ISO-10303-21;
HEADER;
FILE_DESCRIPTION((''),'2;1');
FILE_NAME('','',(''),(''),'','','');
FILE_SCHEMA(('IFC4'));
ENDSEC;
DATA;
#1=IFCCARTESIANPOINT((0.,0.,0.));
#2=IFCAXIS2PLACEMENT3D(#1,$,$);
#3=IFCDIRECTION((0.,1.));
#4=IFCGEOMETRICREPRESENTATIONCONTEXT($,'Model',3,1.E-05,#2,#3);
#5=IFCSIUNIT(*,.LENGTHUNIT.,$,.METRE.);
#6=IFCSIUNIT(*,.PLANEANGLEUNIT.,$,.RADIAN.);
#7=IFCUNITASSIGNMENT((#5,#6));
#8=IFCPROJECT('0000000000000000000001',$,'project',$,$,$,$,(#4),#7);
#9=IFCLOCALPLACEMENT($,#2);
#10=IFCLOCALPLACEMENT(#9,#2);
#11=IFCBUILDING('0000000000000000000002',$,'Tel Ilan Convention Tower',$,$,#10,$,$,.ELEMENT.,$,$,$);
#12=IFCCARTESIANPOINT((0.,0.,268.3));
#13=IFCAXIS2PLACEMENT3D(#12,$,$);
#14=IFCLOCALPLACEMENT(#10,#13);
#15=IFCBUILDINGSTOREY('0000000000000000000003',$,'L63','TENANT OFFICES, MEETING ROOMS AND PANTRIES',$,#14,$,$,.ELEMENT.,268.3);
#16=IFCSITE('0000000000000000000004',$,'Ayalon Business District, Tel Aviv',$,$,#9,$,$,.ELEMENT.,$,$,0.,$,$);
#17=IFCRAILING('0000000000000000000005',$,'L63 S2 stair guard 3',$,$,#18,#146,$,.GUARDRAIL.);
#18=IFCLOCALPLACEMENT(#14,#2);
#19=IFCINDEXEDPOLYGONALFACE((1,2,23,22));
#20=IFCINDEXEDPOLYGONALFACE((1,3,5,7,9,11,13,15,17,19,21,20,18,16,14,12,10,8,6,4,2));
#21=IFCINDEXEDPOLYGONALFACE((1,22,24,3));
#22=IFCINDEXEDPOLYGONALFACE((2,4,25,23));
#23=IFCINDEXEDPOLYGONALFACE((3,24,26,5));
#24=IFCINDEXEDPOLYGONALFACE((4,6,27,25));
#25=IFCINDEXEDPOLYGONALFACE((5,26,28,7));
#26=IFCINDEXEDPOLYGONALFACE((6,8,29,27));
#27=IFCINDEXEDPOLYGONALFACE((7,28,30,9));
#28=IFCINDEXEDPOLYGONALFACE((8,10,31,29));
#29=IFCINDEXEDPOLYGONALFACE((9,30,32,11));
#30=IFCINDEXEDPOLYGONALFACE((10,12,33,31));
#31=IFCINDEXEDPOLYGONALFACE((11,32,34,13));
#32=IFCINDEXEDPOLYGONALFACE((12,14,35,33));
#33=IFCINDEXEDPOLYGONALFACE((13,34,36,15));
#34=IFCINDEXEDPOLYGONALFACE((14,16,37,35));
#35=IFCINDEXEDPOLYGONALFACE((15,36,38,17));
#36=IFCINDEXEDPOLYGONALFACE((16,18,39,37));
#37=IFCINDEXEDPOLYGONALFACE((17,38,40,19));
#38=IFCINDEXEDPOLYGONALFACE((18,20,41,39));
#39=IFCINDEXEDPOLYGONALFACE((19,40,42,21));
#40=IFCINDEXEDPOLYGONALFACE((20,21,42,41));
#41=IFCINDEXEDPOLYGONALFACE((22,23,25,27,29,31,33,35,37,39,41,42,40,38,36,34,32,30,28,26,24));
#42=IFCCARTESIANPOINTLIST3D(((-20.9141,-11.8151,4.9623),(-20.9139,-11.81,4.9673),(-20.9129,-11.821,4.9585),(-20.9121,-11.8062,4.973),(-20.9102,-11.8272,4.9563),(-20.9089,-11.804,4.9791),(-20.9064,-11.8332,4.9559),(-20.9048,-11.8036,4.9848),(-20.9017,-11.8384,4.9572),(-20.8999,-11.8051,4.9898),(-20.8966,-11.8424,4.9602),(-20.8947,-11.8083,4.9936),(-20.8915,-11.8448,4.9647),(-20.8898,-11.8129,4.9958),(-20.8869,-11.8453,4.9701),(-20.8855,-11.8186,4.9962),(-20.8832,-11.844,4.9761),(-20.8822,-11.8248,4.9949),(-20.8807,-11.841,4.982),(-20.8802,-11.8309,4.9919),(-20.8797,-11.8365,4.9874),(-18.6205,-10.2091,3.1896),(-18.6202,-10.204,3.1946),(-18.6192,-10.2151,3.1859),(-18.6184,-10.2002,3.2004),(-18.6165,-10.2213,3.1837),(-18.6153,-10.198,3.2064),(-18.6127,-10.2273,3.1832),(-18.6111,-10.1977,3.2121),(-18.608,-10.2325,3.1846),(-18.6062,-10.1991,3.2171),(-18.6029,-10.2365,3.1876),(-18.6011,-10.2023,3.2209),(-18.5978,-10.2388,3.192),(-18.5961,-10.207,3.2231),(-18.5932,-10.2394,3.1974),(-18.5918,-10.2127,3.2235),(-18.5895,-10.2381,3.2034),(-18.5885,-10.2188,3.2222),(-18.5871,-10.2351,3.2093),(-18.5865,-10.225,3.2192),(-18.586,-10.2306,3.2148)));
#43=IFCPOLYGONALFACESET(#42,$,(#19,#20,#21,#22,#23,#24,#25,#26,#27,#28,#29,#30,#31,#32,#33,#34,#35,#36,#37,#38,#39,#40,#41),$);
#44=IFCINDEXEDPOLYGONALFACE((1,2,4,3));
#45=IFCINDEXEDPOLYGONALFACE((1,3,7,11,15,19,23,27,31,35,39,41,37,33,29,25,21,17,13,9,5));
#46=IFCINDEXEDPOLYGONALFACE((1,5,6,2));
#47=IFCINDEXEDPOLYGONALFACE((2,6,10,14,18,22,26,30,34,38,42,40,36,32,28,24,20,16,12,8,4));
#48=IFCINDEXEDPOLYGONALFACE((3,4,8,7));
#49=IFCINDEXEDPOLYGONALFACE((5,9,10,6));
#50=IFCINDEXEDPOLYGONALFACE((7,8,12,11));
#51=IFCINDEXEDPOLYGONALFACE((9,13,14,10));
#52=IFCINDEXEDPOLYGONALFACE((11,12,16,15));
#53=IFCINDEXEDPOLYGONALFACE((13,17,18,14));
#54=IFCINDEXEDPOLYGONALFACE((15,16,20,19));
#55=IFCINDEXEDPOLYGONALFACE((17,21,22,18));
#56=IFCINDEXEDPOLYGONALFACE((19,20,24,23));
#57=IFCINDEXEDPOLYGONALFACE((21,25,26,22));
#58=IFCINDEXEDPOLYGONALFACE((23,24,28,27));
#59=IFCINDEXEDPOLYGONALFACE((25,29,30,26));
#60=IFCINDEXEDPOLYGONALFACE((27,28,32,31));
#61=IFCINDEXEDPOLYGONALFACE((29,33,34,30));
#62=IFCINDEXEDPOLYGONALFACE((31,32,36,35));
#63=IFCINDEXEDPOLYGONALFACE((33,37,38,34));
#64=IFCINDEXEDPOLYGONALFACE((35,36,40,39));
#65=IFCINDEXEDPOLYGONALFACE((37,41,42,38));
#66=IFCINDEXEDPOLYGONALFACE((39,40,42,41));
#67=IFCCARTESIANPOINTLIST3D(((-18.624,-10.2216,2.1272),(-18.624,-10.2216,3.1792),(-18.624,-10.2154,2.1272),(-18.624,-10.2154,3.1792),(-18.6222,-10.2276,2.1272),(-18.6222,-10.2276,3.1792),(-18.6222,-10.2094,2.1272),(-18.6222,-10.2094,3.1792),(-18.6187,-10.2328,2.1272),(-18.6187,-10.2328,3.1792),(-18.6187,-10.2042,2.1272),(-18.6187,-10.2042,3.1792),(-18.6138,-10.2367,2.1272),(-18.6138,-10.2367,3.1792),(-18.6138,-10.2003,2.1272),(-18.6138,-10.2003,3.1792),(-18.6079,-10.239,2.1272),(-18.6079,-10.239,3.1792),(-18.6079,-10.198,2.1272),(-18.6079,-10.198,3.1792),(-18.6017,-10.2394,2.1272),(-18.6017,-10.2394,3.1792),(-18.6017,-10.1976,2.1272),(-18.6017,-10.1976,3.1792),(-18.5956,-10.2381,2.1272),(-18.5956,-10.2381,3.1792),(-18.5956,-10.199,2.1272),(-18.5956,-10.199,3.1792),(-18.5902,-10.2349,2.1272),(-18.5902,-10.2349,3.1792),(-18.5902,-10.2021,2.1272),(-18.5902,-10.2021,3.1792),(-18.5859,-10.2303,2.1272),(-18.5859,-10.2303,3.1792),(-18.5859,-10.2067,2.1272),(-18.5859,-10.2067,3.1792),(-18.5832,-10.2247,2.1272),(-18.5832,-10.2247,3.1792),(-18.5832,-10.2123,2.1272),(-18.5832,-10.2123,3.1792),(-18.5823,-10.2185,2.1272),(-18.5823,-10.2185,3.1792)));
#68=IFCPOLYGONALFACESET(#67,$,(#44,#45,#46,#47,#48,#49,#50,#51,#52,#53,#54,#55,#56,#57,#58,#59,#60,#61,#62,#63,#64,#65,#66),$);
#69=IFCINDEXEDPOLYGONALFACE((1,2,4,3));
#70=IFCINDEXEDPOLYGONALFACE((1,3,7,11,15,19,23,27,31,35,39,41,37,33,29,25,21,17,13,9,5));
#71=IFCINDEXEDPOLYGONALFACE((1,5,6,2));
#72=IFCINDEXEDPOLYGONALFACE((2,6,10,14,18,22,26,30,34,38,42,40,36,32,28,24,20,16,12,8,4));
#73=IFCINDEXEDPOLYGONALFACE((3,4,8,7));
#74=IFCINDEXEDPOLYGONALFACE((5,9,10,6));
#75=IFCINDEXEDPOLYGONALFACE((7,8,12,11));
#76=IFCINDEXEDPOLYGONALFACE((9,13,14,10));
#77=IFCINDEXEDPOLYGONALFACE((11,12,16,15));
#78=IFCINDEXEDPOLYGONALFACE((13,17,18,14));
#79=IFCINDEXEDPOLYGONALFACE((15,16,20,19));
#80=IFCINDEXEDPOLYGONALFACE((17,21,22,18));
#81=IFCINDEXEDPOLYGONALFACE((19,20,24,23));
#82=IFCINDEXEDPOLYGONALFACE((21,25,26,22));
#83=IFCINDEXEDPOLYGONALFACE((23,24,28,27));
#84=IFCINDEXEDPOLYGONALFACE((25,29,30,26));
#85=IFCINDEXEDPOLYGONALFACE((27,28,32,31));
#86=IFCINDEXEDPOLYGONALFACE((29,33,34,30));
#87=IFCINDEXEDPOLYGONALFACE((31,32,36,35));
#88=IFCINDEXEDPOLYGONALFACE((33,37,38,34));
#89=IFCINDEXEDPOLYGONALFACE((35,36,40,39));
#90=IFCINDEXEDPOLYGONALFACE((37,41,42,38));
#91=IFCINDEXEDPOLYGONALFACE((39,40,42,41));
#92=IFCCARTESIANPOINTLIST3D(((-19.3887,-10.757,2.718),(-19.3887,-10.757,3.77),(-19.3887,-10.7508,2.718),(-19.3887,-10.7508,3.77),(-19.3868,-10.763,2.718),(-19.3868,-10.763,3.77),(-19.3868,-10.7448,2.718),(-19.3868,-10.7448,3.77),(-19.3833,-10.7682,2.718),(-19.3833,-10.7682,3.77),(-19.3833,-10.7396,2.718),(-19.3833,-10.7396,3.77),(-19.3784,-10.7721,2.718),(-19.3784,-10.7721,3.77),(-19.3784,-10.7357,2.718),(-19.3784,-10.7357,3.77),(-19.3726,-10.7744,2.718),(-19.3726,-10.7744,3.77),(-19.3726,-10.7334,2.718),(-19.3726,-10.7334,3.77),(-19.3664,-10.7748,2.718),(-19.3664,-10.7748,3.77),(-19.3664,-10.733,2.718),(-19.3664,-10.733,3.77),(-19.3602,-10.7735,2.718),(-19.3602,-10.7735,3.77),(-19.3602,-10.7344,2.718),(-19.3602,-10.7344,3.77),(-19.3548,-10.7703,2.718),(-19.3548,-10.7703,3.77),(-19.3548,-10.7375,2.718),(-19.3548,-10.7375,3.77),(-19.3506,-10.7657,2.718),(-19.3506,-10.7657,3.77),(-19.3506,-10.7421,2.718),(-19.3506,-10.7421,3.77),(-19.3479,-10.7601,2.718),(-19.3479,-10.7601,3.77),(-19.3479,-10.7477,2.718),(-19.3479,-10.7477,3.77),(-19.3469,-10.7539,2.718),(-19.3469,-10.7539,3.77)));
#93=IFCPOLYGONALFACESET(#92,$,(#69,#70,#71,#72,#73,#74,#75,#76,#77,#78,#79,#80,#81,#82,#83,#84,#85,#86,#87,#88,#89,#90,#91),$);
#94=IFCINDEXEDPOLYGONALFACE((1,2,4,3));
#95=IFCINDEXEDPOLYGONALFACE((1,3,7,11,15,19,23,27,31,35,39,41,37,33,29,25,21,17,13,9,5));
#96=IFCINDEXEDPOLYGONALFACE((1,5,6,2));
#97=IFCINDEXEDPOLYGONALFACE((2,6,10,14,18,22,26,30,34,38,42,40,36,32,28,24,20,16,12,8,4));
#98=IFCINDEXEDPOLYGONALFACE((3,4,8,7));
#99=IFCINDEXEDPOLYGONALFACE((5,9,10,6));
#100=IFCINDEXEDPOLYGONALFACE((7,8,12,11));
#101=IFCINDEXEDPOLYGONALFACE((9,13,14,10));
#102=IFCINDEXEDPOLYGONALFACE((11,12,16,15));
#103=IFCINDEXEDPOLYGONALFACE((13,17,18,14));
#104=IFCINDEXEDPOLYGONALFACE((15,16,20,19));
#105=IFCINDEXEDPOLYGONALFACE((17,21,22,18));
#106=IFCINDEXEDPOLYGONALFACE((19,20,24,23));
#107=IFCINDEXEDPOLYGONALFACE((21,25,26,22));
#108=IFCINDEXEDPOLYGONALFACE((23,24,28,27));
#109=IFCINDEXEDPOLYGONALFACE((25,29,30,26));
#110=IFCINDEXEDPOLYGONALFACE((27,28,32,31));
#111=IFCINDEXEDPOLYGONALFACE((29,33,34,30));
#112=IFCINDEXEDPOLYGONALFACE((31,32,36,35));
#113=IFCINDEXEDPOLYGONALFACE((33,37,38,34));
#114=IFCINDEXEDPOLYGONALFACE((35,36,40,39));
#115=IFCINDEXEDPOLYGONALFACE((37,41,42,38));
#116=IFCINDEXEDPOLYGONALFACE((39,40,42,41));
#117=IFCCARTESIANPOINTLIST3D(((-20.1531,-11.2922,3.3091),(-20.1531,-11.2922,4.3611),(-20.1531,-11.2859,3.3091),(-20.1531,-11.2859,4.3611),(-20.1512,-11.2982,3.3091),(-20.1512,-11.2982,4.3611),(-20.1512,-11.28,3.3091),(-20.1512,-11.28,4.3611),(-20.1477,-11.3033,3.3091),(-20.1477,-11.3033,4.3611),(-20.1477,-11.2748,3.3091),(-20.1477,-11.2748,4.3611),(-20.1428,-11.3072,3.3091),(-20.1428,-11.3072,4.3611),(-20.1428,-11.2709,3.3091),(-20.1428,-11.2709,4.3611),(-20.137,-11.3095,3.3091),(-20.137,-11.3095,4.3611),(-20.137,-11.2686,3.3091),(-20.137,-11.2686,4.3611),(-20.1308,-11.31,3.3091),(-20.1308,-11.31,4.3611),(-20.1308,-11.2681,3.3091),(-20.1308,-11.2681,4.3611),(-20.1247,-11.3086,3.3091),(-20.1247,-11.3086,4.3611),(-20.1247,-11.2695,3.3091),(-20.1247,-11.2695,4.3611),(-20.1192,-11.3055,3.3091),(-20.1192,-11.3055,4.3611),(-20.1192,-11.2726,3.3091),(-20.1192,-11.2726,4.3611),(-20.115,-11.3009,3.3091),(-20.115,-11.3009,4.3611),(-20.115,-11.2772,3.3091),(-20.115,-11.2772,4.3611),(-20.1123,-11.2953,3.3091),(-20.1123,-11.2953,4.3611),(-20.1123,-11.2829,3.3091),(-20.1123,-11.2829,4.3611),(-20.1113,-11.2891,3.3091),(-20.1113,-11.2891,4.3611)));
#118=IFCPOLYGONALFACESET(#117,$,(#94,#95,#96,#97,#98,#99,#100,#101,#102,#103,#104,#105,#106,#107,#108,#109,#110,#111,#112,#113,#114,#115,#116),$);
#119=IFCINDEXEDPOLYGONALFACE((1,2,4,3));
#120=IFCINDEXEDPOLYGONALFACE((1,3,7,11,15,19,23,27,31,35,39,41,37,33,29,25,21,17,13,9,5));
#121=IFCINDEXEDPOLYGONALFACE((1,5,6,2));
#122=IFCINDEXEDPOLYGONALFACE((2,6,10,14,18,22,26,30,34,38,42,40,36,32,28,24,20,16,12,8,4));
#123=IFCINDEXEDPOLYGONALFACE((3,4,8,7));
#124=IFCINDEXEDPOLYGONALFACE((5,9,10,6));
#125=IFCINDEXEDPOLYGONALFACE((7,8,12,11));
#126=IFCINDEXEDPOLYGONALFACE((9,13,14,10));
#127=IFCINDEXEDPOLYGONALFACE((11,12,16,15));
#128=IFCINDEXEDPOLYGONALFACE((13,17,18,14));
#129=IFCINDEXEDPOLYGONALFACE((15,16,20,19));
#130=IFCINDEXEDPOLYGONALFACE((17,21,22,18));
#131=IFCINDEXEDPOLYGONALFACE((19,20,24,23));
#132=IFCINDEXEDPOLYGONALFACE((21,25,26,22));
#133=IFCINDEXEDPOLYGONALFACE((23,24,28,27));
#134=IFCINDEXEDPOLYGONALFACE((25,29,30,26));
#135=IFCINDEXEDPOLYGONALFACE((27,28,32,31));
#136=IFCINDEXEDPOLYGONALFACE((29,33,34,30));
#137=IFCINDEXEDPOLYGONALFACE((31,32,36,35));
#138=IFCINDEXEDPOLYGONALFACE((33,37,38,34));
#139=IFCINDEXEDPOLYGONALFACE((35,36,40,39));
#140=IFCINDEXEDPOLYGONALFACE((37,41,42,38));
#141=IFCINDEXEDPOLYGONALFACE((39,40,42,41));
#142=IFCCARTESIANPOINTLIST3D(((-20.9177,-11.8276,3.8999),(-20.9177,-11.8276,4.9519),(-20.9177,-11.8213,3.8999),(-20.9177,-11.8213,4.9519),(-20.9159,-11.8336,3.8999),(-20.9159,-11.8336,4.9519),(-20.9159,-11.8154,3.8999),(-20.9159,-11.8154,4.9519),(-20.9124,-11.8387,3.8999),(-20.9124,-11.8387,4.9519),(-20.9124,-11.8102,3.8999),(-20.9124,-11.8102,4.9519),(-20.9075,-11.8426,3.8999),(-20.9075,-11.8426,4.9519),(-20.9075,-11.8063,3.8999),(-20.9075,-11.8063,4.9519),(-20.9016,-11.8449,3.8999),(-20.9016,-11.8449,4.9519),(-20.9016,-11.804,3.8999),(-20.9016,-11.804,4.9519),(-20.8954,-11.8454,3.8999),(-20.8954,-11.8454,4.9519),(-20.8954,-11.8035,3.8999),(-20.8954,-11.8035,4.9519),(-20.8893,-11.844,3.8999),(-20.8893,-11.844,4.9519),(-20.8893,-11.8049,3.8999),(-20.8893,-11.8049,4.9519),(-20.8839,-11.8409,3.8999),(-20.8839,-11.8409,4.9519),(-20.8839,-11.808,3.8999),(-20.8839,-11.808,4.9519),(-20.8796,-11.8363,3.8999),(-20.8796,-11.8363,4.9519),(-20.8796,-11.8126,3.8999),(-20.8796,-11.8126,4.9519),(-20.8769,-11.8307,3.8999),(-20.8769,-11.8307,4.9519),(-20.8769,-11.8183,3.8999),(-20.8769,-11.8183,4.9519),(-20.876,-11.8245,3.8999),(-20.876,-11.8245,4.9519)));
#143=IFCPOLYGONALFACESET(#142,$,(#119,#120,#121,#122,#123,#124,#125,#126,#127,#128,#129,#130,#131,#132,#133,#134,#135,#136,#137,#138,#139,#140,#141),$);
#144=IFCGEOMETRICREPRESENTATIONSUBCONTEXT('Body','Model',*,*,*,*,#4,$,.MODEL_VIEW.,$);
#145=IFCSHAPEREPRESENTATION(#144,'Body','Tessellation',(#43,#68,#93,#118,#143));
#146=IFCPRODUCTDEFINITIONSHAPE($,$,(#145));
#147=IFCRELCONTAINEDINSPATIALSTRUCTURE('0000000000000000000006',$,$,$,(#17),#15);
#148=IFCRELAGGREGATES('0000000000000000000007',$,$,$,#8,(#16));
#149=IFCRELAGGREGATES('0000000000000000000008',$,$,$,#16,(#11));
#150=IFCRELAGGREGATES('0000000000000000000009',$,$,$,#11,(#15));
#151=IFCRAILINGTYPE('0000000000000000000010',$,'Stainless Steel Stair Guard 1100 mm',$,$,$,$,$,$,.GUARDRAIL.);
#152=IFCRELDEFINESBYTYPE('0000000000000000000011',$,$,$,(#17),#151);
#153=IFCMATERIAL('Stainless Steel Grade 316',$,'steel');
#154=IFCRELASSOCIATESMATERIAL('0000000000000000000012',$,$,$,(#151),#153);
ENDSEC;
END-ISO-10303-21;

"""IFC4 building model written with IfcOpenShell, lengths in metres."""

from ifc_helpers import new_model, si_unit, direction, frame, origin, origin_2d, place, context, subcontext, project, spatial, circle, extrude, material, type_object, element, save


model = new_model("IFC4")

# Units and contexts
model_context = context("Model", 3, precision=1e-05, world=origin(), true_north=direction((0.0, 1.0)))
body_context = subcontext(model_context, "Body", "Model", "MODEL_VIEW")
ifc_project = project(units=[si_unit("LENGTHUNIT", "METRE"), si_unit("PLANEANGLEUNIT", "RADIAN")], contexts=[model_context])

# Site, building, storey
site_placement = place(None, origin())
site = spatial("IfcSite", under=ifc_project, at=site_placement, Name="Ayalon Business District, Tel Aviv", CompositionType="ELEMENT", RefElevation=0.0)
building_placement = place(site_placement, origin())
building = spatial("IfcBuilding", under=site, at=building_placement, Name="Tel Ilan Convention Tower", CompositionType="ELEMENT")
storey_placement = place(building_placement, frame((0.0, 0.0, 268.3)))
storey = spatial("IfcBuildingStorey", under=building, at=storey_placement, Name="L63", Description="TENANT OFFICES, MEETING ROOMS AND PANTRIES", CompositionType="ELEMENT", Elevation=268.3)

# Railing
ifc_material_1 = material(Name="Stainless Steel Grade 316", Category="steel")
railing_type_1 = type_object("IfcRailingType", Name="Stainless Steel Stair Guard 1100 mm", PredefinedType="GUARDRAIL", material=ifc_material_1)
railing_1_placement = place(storey_placement, frame((-18.6033, -10.2185, 2.1272)))
element("IfcRailing", 1, at=railing_1_placement, inside=storey, type_object=railing_type_1, Name="L63 S2 stair guard 3", PredefinedType="GUARDRAIL", context=body_context, shape_type="SweptSolid", body=[
    extrude(circle(Radius=0.0239, at=origin_2d()), frame((0.0, 0.0, 1.0762), z_axis=(-0.692123, -0.484597, 0.534913), x_axis=(0.57355, -0.81917, 0.0)), (0.0, 0.0, 1.0), 3.314),
    extrude(circle(Radius=0.021, at=origin_2d()), origin(), (0.0, 0.0, 1.0), 1.052),
    extrude(circle(Radius=0.021, at=origin_2d()), frame((-0.7646, -0.5354, 0.5908)), (0.0, 0.0, 1.0), 1.052),
    extrude(circle(Radius=0.021, at=origin_2d()), frame((-1.5291, -1.0706, 1.1819)), (0.0, 0.0, 1.0), 1.052),
    extrude(circle(Radius=0.021, at=origin_2d()), frame((-2.2937, -1.606, 1.7727)), (0.0, 0.0, 1.0), 1.052),
])

save(model, "model.ifc")
